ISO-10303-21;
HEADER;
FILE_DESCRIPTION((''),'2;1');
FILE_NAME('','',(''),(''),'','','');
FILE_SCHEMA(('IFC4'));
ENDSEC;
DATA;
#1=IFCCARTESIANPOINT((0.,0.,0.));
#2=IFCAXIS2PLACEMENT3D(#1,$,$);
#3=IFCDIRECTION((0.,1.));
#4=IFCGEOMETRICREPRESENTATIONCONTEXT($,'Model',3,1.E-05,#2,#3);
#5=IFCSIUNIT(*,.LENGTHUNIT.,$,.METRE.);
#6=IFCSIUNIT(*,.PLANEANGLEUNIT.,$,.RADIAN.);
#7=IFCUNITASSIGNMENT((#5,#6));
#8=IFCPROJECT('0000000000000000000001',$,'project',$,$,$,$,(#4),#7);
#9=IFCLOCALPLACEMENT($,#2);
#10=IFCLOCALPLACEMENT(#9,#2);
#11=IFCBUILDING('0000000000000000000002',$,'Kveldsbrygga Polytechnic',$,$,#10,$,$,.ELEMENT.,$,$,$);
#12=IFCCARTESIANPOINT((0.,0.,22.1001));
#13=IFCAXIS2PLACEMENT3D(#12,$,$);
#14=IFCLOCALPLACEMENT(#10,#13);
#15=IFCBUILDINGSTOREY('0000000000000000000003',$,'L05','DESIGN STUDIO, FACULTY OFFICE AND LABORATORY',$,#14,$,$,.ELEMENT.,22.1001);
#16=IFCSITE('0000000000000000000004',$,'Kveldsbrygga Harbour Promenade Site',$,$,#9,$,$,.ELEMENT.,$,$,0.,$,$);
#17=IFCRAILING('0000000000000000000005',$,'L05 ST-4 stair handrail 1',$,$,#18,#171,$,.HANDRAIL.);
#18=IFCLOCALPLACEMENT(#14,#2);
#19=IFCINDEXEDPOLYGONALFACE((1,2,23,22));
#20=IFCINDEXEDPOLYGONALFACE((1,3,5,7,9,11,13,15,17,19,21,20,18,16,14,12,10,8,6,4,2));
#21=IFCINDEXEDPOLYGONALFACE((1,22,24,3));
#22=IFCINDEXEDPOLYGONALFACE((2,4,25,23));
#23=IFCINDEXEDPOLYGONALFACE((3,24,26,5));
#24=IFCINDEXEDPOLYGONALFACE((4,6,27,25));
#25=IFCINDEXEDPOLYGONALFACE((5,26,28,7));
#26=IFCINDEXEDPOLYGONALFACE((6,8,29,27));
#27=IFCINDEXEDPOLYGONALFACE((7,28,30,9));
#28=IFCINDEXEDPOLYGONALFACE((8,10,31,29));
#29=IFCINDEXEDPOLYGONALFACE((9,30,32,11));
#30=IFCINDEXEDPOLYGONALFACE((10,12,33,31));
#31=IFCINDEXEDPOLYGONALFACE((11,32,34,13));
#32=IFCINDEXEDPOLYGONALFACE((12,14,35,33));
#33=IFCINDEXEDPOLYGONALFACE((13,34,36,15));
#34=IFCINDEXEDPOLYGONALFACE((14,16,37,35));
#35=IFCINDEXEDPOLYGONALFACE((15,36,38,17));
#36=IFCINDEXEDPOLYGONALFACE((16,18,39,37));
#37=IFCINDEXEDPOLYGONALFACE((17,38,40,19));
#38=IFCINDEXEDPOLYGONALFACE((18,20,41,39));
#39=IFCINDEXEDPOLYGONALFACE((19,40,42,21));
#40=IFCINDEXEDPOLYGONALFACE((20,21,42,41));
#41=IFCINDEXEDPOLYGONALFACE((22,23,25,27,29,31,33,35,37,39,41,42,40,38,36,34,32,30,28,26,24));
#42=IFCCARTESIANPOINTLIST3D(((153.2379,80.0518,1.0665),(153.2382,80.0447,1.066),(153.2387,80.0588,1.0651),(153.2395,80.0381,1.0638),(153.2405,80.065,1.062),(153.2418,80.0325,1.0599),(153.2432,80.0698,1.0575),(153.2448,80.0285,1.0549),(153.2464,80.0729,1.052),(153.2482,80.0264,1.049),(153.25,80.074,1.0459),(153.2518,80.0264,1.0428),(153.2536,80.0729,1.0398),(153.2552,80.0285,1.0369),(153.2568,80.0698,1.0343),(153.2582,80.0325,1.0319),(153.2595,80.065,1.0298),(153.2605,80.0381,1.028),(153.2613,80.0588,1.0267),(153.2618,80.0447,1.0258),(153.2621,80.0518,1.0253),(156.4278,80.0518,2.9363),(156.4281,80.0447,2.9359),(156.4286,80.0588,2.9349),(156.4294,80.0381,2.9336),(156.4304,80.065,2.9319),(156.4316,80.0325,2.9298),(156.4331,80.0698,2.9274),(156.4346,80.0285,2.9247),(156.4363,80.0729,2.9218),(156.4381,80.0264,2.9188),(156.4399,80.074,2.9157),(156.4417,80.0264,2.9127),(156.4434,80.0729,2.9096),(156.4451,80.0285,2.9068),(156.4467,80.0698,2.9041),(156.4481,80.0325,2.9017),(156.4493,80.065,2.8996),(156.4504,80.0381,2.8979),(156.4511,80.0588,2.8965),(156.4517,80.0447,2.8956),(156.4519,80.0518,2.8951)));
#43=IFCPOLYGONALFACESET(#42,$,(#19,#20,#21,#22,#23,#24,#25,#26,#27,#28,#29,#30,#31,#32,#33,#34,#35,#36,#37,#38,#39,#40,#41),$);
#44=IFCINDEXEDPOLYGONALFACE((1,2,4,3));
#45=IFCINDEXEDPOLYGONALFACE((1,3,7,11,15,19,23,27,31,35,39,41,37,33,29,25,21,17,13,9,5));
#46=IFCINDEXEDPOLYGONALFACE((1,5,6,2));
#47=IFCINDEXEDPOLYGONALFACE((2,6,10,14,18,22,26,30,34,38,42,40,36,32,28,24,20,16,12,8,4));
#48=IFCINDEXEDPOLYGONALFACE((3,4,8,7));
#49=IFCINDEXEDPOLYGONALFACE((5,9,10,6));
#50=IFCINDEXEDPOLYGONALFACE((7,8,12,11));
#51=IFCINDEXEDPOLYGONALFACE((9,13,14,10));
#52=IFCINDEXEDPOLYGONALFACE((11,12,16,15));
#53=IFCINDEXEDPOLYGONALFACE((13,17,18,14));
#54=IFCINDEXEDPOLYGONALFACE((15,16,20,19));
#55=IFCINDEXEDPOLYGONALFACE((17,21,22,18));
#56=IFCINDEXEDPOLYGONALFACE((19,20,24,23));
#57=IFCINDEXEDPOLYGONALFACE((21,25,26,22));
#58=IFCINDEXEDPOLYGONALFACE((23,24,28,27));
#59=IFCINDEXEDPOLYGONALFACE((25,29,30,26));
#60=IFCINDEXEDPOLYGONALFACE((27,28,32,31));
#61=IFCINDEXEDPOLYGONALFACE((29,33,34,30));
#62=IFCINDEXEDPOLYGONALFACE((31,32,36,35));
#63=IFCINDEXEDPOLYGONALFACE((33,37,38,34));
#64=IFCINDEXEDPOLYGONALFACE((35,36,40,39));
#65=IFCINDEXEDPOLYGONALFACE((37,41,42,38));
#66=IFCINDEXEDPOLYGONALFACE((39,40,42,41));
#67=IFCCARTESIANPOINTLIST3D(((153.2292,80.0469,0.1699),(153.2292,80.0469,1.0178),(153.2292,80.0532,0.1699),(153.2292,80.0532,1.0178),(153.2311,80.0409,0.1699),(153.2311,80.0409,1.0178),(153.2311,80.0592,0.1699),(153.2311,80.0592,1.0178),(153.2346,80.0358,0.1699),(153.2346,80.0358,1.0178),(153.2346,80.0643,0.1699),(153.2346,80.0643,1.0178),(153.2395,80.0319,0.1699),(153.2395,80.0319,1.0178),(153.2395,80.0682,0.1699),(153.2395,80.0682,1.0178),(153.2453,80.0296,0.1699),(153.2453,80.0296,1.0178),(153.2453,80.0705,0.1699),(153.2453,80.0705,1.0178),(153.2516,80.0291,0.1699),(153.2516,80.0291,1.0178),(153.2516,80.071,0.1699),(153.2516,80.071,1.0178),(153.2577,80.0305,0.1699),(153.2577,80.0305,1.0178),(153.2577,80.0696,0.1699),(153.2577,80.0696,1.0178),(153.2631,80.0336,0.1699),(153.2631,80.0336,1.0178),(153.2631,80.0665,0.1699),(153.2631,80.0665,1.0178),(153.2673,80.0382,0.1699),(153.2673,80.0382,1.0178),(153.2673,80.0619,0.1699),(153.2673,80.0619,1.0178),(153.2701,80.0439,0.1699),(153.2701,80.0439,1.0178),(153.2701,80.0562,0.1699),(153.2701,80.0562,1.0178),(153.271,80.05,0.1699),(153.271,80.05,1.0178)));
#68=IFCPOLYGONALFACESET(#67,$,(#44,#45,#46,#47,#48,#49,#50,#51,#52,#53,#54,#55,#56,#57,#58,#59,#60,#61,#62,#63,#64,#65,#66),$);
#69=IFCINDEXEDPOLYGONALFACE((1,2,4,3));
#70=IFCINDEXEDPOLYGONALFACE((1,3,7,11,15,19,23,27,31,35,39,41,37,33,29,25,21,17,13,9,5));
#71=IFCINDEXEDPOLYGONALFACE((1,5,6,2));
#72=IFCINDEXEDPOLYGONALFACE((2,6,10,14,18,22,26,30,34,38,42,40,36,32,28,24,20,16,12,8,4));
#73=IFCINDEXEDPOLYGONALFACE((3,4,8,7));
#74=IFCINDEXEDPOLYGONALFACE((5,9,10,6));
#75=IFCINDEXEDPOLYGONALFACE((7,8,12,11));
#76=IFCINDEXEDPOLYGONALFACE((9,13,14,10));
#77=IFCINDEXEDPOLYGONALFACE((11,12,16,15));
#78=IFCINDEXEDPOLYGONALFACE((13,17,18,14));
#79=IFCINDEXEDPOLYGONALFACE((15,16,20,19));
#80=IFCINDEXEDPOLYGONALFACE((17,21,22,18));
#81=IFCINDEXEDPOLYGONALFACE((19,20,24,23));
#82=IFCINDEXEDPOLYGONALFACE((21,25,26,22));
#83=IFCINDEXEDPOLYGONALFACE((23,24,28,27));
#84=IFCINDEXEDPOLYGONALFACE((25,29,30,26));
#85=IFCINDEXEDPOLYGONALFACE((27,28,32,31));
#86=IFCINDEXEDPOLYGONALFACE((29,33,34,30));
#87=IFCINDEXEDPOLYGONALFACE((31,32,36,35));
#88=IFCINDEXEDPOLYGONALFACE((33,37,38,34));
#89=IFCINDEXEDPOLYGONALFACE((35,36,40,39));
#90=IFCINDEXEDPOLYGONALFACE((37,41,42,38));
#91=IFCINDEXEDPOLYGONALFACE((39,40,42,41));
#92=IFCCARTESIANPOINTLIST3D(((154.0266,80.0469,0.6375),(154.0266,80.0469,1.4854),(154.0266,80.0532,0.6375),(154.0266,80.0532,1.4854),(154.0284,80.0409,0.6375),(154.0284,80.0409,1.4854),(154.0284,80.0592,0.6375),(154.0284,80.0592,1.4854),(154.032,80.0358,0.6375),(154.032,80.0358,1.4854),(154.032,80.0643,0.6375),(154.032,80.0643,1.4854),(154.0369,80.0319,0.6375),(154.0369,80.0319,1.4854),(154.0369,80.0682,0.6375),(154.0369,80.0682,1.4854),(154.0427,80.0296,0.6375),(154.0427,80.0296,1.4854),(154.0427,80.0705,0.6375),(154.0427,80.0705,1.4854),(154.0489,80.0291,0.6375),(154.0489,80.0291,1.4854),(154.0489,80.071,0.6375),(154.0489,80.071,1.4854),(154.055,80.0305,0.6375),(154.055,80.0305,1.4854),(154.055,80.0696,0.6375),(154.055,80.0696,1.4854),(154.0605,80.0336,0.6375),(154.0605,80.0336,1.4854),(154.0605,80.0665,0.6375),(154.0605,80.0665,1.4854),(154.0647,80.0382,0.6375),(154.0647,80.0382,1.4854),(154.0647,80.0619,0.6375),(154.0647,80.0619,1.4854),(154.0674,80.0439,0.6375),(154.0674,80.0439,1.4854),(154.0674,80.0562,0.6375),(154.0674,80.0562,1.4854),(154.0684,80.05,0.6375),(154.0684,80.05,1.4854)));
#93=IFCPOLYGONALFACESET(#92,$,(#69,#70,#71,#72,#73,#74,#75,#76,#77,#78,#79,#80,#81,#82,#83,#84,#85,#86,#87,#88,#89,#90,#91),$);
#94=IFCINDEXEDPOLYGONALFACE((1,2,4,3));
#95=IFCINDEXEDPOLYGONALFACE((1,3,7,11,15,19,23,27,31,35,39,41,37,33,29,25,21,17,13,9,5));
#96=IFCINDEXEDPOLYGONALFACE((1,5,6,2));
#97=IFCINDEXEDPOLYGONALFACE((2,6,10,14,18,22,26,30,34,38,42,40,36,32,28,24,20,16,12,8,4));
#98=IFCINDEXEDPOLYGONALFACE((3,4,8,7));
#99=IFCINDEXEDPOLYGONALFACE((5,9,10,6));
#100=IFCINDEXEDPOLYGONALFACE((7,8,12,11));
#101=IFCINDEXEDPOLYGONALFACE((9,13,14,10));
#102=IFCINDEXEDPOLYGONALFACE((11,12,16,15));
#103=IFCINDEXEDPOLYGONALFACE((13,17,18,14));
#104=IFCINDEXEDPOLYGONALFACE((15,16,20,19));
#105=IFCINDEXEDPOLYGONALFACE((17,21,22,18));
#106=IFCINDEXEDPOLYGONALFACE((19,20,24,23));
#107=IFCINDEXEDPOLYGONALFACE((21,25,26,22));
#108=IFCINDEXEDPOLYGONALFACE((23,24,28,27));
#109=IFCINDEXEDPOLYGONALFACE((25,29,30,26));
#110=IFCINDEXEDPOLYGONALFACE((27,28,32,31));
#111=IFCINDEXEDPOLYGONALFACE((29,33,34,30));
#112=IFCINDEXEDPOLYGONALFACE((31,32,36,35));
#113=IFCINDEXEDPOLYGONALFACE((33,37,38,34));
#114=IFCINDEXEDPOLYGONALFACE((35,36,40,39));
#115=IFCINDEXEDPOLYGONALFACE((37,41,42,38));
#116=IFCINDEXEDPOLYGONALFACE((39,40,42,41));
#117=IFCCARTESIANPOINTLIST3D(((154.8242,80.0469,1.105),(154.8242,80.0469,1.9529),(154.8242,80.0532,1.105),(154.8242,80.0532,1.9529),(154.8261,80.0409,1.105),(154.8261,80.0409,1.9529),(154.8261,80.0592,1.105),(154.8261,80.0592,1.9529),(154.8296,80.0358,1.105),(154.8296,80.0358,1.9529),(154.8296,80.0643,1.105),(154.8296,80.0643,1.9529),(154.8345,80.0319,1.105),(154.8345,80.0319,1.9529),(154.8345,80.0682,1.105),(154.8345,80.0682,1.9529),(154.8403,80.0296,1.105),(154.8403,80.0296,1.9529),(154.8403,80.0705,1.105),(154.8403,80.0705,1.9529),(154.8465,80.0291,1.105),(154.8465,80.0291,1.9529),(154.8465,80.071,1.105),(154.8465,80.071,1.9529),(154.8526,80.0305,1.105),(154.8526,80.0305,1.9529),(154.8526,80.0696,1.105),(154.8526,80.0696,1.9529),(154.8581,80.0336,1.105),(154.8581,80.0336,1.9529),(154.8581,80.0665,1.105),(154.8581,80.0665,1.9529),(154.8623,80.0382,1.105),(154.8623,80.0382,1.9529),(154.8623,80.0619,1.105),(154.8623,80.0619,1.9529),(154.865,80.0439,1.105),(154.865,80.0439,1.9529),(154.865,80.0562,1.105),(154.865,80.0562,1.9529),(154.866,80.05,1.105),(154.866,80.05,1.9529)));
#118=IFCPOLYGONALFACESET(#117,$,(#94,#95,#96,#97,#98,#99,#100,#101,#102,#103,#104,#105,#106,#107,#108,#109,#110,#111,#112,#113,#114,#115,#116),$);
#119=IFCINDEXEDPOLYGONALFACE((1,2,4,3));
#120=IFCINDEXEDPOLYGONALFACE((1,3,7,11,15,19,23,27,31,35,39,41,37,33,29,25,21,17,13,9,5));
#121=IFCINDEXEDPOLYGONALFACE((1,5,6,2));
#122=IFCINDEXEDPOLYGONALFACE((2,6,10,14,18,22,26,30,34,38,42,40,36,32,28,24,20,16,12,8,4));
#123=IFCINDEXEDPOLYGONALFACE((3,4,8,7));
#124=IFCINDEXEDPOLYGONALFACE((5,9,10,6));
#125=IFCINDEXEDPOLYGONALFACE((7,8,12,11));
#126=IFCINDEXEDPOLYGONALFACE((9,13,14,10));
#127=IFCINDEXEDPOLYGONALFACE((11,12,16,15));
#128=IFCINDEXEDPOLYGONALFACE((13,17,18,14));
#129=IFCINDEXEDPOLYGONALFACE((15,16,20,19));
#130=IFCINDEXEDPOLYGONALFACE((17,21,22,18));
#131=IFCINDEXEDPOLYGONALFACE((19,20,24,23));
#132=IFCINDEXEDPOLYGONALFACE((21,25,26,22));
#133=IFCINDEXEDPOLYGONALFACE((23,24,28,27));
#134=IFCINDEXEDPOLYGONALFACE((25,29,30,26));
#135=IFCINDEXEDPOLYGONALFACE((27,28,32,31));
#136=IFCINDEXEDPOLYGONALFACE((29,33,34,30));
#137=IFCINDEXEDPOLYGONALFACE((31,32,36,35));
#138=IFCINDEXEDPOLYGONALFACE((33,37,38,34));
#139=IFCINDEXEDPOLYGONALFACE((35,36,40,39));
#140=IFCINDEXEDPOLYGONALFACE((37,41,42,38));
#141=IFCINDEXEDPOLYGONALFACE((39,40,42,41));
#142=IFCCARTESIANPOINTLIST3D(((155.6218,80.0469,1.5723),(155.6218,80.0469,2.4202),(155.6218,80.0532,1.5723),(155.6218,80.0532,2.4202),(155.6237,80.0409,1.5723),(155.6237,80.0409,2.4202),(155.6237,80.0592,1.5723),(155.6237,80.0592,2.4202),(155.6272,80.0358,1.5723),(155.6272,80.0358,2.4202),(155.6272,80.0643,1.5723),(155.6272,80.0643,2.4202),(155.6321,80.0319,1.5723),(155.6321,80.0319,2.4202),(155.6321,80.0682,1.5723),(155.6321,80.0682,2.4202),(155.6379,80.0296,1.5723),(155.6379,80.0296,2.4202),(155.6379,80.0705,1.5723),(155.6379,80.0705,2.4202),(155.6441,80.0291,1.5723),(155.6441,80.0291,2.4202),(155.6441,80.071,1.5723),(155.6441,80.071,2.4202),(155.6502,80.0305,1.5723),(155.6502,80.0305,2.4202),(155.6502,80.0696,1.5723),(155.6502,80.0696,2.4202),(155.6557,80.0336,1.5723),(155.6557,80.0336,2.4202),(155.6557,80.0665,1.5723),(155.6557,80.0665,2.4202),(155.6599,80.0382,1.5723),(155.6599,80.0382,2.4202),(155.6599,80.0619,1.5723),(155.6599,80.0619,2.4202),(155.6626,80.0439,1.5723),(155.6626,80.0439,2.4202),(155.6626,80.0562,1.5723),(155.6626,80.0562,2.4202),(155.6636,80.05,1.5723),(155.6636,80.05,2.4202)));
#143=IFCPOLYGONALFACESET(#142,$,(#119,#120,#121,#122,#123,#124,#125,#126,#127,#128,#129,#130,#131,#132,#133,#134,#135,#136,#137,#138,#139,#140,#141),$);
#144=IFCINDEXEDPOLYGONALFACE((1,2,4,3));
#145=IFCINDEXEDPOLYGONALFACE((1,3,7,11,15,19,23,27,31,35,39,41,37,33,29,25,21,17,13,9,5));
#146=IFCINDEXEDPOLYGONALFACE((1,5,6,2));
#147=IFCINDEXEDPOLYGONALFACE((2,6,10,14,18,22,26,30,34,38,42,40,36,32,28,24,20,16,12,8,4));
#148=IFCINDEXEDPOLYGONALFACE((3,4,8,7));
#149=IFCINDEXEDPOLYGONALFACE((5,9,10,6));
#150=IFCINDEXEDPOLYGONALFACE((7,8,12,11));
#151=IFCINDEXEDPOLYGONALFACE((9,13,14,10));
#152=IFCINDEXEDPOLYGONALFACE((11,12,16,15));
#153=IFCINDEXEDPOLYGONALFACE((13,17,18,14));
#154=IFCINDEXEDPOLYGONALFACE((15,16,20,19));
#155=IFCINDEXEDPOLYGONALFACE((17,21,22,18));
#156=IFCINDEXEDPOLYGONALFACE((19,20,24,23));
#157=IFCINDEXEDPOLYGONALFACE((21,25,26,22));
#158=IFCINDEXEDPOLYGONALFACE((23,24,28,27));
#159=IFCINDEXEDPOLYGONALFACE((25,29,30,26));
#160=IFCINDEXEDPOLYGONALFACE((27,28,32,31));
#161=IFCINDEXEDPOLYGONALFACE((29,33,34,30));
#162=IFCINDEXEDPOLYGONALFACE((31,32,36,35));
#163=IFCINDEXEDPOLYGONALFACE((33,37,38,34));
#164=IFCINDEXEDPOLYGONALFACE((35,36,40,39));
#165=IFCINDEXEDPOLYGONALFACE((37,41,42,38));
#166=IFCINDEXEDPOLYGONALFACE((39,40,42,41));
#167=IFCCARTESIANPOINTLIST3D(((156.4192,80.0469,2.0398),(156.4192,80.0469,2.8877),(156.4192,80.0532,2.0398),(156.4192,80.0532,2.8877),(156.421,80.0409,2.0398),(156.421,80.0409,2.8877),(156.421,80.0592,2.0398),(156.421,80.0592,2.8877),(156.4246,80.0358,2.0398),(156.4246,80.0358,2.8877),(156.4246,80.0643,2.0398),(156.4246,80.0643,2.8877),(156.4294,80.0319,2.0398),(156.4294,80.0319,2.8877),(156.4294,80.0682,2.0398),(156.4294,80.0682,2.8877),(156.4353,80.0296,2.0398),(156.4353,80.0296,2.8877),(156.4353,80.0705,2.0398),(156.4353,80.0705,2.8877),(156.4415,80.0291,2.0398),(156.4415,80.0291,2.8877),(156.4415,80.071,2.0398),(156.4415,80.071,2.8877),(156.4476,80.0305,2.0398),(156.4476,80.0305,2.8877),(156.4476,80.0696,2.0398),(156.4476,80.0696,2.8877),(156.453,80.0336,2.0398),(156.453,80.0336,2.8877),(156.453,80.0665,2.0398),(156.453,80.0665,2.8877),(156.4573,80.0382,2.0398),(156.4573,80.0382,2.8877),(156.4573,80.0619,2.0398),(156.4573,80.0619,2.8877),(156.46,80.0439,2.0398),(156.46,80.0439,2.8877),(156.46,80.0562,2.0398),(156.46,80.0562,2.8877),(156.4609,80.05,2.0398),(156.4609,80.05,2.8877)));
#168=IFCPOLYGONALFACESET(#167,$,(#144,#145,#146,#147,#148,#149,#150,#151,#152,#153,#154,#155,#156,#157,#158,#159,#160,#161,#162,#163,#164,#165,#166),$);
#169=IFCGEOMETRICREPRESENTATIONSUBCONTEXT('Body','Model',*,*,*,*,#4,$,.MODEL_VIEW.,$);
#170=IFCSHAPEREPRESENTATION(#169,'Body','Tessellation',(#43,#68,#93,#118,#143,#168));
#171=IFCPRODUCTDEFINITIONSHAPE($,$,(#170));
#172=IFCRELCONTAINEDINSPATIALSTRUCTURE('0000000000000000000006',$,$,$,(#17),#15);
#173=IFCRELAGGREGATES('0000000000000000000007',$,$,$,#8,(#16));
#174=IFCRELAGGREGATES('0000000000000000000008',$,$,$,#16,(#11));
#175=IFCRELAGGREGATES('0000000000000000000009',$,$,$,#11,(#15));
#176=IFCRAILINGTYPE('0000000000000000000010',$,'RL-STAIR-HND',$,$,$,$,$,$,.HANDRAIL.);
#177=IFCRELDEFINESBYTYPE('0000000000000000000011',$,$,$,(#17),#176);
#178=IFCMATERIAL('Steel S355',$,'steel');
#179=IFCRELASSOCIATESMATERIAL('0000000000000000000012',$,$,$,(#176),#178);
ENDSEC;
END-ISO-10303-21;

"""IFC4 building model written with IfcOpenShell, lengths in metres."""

from ifc_helpers import new_model, si_unit, direction, frame, origin, origin_2d, place, context, subcontext, project, spatial, circle, extrude, material, type_object, element, save


model = new_model("IFC4")

# Units and contexts
model_context = context("Model", 3, precision=1e-05, world=origin(), true_north=direction((0.0, 1.0)))
body_context = subcontext(model_context, "Body", "Model", "MODEL_VIEW")
ifc_project = project(units=[si_unit("LENGTHUNIT", "METRE"), si_unit("PLANEANGLEUNIT", "RADIAN")], contexts=[model_context])

# Site, building, storey
site_placement = place(None, origin())
site = spatial("IfcSite", under=ifc_project, at=site_placement, Name="Kveldsbrygga Harbour Promenade Site", CompositionType="ELEMENT", RefElevation=0.0)
building_placement = place(site_placement, origin())
building = spatial("IfcBuilding", under=site, at=building_placement, Name="Kveldsbrygga Polytechnic", CompositionType="ELEMENT")
storey_placement = place(building_placement, frame((0.0, 0.0, 22.1001)))
storey = spatial("IfcBuildingStorey", under=building, at=storey_placement, Name="L05", Description="DESIGN STUDIO, FACULTY OFFICE AND LABORATORY", CompositionType="ELEMENT", Elevation=22.1001)

# Shared definitions
ifc_material_1 = material(Name="Steel S355", Category="steel")

# Railing
railing_type_1 = type_object("IfcRailingType", Name="RL-STAIR-HND", PredefinedType="HANDRAIL", material=ifc_material_1)
railing_1_placement = place(storey_placement, frame((153.25, 80.05, 0.1699)))
element("IfcRailing", 1, at=railing_1_placement, inside=storey, type_object=railing_type_1, Name="L05 ST-4 stair handrail 1", PredefinedType="HANDRAIL", context=body_context, shape_type="SweptSolid", body=[
    extrude(circle(Radius=0.0239, at=origin_2d()), frame((0.0, 0.0, 0.876), z_axis=(0.862709, 0.0, 0.505701), x_axis=(0.0, 1.0, 0.0)), (0.0, 0.0, 1.0), 3.6975),
    extrude(circle(Radius=0.021, at=origin_2d()), origin(), (0.0, 0.0, 1.0), 0.8479),
    extrude(circle(Radius=0.021, at=origin_2d()), frame((0.7974, 0.0, 0.4675)), (0.0, 0.0, 1.0), 0.8479),
    extrude(circle(Radius=0.021, at=origin_2d()), frame((1.595, 0.0, 0.9351)), (0.0, 0.0, 1.0), 0.8479),
    extrude(circle(Radius=0.021, at=origin_2d()), frame((2.3926, 0.0, 1.4023)), (0.0, 0.0, 1.0), 0.8479),
    extrude(circle(Radius=0.021, at=origin_2d()), frame((3.1899, 0.0, 1.8699)), (0.0, 0.0, 1.0), 0.8479),
])

save(model, "model.ifc")
